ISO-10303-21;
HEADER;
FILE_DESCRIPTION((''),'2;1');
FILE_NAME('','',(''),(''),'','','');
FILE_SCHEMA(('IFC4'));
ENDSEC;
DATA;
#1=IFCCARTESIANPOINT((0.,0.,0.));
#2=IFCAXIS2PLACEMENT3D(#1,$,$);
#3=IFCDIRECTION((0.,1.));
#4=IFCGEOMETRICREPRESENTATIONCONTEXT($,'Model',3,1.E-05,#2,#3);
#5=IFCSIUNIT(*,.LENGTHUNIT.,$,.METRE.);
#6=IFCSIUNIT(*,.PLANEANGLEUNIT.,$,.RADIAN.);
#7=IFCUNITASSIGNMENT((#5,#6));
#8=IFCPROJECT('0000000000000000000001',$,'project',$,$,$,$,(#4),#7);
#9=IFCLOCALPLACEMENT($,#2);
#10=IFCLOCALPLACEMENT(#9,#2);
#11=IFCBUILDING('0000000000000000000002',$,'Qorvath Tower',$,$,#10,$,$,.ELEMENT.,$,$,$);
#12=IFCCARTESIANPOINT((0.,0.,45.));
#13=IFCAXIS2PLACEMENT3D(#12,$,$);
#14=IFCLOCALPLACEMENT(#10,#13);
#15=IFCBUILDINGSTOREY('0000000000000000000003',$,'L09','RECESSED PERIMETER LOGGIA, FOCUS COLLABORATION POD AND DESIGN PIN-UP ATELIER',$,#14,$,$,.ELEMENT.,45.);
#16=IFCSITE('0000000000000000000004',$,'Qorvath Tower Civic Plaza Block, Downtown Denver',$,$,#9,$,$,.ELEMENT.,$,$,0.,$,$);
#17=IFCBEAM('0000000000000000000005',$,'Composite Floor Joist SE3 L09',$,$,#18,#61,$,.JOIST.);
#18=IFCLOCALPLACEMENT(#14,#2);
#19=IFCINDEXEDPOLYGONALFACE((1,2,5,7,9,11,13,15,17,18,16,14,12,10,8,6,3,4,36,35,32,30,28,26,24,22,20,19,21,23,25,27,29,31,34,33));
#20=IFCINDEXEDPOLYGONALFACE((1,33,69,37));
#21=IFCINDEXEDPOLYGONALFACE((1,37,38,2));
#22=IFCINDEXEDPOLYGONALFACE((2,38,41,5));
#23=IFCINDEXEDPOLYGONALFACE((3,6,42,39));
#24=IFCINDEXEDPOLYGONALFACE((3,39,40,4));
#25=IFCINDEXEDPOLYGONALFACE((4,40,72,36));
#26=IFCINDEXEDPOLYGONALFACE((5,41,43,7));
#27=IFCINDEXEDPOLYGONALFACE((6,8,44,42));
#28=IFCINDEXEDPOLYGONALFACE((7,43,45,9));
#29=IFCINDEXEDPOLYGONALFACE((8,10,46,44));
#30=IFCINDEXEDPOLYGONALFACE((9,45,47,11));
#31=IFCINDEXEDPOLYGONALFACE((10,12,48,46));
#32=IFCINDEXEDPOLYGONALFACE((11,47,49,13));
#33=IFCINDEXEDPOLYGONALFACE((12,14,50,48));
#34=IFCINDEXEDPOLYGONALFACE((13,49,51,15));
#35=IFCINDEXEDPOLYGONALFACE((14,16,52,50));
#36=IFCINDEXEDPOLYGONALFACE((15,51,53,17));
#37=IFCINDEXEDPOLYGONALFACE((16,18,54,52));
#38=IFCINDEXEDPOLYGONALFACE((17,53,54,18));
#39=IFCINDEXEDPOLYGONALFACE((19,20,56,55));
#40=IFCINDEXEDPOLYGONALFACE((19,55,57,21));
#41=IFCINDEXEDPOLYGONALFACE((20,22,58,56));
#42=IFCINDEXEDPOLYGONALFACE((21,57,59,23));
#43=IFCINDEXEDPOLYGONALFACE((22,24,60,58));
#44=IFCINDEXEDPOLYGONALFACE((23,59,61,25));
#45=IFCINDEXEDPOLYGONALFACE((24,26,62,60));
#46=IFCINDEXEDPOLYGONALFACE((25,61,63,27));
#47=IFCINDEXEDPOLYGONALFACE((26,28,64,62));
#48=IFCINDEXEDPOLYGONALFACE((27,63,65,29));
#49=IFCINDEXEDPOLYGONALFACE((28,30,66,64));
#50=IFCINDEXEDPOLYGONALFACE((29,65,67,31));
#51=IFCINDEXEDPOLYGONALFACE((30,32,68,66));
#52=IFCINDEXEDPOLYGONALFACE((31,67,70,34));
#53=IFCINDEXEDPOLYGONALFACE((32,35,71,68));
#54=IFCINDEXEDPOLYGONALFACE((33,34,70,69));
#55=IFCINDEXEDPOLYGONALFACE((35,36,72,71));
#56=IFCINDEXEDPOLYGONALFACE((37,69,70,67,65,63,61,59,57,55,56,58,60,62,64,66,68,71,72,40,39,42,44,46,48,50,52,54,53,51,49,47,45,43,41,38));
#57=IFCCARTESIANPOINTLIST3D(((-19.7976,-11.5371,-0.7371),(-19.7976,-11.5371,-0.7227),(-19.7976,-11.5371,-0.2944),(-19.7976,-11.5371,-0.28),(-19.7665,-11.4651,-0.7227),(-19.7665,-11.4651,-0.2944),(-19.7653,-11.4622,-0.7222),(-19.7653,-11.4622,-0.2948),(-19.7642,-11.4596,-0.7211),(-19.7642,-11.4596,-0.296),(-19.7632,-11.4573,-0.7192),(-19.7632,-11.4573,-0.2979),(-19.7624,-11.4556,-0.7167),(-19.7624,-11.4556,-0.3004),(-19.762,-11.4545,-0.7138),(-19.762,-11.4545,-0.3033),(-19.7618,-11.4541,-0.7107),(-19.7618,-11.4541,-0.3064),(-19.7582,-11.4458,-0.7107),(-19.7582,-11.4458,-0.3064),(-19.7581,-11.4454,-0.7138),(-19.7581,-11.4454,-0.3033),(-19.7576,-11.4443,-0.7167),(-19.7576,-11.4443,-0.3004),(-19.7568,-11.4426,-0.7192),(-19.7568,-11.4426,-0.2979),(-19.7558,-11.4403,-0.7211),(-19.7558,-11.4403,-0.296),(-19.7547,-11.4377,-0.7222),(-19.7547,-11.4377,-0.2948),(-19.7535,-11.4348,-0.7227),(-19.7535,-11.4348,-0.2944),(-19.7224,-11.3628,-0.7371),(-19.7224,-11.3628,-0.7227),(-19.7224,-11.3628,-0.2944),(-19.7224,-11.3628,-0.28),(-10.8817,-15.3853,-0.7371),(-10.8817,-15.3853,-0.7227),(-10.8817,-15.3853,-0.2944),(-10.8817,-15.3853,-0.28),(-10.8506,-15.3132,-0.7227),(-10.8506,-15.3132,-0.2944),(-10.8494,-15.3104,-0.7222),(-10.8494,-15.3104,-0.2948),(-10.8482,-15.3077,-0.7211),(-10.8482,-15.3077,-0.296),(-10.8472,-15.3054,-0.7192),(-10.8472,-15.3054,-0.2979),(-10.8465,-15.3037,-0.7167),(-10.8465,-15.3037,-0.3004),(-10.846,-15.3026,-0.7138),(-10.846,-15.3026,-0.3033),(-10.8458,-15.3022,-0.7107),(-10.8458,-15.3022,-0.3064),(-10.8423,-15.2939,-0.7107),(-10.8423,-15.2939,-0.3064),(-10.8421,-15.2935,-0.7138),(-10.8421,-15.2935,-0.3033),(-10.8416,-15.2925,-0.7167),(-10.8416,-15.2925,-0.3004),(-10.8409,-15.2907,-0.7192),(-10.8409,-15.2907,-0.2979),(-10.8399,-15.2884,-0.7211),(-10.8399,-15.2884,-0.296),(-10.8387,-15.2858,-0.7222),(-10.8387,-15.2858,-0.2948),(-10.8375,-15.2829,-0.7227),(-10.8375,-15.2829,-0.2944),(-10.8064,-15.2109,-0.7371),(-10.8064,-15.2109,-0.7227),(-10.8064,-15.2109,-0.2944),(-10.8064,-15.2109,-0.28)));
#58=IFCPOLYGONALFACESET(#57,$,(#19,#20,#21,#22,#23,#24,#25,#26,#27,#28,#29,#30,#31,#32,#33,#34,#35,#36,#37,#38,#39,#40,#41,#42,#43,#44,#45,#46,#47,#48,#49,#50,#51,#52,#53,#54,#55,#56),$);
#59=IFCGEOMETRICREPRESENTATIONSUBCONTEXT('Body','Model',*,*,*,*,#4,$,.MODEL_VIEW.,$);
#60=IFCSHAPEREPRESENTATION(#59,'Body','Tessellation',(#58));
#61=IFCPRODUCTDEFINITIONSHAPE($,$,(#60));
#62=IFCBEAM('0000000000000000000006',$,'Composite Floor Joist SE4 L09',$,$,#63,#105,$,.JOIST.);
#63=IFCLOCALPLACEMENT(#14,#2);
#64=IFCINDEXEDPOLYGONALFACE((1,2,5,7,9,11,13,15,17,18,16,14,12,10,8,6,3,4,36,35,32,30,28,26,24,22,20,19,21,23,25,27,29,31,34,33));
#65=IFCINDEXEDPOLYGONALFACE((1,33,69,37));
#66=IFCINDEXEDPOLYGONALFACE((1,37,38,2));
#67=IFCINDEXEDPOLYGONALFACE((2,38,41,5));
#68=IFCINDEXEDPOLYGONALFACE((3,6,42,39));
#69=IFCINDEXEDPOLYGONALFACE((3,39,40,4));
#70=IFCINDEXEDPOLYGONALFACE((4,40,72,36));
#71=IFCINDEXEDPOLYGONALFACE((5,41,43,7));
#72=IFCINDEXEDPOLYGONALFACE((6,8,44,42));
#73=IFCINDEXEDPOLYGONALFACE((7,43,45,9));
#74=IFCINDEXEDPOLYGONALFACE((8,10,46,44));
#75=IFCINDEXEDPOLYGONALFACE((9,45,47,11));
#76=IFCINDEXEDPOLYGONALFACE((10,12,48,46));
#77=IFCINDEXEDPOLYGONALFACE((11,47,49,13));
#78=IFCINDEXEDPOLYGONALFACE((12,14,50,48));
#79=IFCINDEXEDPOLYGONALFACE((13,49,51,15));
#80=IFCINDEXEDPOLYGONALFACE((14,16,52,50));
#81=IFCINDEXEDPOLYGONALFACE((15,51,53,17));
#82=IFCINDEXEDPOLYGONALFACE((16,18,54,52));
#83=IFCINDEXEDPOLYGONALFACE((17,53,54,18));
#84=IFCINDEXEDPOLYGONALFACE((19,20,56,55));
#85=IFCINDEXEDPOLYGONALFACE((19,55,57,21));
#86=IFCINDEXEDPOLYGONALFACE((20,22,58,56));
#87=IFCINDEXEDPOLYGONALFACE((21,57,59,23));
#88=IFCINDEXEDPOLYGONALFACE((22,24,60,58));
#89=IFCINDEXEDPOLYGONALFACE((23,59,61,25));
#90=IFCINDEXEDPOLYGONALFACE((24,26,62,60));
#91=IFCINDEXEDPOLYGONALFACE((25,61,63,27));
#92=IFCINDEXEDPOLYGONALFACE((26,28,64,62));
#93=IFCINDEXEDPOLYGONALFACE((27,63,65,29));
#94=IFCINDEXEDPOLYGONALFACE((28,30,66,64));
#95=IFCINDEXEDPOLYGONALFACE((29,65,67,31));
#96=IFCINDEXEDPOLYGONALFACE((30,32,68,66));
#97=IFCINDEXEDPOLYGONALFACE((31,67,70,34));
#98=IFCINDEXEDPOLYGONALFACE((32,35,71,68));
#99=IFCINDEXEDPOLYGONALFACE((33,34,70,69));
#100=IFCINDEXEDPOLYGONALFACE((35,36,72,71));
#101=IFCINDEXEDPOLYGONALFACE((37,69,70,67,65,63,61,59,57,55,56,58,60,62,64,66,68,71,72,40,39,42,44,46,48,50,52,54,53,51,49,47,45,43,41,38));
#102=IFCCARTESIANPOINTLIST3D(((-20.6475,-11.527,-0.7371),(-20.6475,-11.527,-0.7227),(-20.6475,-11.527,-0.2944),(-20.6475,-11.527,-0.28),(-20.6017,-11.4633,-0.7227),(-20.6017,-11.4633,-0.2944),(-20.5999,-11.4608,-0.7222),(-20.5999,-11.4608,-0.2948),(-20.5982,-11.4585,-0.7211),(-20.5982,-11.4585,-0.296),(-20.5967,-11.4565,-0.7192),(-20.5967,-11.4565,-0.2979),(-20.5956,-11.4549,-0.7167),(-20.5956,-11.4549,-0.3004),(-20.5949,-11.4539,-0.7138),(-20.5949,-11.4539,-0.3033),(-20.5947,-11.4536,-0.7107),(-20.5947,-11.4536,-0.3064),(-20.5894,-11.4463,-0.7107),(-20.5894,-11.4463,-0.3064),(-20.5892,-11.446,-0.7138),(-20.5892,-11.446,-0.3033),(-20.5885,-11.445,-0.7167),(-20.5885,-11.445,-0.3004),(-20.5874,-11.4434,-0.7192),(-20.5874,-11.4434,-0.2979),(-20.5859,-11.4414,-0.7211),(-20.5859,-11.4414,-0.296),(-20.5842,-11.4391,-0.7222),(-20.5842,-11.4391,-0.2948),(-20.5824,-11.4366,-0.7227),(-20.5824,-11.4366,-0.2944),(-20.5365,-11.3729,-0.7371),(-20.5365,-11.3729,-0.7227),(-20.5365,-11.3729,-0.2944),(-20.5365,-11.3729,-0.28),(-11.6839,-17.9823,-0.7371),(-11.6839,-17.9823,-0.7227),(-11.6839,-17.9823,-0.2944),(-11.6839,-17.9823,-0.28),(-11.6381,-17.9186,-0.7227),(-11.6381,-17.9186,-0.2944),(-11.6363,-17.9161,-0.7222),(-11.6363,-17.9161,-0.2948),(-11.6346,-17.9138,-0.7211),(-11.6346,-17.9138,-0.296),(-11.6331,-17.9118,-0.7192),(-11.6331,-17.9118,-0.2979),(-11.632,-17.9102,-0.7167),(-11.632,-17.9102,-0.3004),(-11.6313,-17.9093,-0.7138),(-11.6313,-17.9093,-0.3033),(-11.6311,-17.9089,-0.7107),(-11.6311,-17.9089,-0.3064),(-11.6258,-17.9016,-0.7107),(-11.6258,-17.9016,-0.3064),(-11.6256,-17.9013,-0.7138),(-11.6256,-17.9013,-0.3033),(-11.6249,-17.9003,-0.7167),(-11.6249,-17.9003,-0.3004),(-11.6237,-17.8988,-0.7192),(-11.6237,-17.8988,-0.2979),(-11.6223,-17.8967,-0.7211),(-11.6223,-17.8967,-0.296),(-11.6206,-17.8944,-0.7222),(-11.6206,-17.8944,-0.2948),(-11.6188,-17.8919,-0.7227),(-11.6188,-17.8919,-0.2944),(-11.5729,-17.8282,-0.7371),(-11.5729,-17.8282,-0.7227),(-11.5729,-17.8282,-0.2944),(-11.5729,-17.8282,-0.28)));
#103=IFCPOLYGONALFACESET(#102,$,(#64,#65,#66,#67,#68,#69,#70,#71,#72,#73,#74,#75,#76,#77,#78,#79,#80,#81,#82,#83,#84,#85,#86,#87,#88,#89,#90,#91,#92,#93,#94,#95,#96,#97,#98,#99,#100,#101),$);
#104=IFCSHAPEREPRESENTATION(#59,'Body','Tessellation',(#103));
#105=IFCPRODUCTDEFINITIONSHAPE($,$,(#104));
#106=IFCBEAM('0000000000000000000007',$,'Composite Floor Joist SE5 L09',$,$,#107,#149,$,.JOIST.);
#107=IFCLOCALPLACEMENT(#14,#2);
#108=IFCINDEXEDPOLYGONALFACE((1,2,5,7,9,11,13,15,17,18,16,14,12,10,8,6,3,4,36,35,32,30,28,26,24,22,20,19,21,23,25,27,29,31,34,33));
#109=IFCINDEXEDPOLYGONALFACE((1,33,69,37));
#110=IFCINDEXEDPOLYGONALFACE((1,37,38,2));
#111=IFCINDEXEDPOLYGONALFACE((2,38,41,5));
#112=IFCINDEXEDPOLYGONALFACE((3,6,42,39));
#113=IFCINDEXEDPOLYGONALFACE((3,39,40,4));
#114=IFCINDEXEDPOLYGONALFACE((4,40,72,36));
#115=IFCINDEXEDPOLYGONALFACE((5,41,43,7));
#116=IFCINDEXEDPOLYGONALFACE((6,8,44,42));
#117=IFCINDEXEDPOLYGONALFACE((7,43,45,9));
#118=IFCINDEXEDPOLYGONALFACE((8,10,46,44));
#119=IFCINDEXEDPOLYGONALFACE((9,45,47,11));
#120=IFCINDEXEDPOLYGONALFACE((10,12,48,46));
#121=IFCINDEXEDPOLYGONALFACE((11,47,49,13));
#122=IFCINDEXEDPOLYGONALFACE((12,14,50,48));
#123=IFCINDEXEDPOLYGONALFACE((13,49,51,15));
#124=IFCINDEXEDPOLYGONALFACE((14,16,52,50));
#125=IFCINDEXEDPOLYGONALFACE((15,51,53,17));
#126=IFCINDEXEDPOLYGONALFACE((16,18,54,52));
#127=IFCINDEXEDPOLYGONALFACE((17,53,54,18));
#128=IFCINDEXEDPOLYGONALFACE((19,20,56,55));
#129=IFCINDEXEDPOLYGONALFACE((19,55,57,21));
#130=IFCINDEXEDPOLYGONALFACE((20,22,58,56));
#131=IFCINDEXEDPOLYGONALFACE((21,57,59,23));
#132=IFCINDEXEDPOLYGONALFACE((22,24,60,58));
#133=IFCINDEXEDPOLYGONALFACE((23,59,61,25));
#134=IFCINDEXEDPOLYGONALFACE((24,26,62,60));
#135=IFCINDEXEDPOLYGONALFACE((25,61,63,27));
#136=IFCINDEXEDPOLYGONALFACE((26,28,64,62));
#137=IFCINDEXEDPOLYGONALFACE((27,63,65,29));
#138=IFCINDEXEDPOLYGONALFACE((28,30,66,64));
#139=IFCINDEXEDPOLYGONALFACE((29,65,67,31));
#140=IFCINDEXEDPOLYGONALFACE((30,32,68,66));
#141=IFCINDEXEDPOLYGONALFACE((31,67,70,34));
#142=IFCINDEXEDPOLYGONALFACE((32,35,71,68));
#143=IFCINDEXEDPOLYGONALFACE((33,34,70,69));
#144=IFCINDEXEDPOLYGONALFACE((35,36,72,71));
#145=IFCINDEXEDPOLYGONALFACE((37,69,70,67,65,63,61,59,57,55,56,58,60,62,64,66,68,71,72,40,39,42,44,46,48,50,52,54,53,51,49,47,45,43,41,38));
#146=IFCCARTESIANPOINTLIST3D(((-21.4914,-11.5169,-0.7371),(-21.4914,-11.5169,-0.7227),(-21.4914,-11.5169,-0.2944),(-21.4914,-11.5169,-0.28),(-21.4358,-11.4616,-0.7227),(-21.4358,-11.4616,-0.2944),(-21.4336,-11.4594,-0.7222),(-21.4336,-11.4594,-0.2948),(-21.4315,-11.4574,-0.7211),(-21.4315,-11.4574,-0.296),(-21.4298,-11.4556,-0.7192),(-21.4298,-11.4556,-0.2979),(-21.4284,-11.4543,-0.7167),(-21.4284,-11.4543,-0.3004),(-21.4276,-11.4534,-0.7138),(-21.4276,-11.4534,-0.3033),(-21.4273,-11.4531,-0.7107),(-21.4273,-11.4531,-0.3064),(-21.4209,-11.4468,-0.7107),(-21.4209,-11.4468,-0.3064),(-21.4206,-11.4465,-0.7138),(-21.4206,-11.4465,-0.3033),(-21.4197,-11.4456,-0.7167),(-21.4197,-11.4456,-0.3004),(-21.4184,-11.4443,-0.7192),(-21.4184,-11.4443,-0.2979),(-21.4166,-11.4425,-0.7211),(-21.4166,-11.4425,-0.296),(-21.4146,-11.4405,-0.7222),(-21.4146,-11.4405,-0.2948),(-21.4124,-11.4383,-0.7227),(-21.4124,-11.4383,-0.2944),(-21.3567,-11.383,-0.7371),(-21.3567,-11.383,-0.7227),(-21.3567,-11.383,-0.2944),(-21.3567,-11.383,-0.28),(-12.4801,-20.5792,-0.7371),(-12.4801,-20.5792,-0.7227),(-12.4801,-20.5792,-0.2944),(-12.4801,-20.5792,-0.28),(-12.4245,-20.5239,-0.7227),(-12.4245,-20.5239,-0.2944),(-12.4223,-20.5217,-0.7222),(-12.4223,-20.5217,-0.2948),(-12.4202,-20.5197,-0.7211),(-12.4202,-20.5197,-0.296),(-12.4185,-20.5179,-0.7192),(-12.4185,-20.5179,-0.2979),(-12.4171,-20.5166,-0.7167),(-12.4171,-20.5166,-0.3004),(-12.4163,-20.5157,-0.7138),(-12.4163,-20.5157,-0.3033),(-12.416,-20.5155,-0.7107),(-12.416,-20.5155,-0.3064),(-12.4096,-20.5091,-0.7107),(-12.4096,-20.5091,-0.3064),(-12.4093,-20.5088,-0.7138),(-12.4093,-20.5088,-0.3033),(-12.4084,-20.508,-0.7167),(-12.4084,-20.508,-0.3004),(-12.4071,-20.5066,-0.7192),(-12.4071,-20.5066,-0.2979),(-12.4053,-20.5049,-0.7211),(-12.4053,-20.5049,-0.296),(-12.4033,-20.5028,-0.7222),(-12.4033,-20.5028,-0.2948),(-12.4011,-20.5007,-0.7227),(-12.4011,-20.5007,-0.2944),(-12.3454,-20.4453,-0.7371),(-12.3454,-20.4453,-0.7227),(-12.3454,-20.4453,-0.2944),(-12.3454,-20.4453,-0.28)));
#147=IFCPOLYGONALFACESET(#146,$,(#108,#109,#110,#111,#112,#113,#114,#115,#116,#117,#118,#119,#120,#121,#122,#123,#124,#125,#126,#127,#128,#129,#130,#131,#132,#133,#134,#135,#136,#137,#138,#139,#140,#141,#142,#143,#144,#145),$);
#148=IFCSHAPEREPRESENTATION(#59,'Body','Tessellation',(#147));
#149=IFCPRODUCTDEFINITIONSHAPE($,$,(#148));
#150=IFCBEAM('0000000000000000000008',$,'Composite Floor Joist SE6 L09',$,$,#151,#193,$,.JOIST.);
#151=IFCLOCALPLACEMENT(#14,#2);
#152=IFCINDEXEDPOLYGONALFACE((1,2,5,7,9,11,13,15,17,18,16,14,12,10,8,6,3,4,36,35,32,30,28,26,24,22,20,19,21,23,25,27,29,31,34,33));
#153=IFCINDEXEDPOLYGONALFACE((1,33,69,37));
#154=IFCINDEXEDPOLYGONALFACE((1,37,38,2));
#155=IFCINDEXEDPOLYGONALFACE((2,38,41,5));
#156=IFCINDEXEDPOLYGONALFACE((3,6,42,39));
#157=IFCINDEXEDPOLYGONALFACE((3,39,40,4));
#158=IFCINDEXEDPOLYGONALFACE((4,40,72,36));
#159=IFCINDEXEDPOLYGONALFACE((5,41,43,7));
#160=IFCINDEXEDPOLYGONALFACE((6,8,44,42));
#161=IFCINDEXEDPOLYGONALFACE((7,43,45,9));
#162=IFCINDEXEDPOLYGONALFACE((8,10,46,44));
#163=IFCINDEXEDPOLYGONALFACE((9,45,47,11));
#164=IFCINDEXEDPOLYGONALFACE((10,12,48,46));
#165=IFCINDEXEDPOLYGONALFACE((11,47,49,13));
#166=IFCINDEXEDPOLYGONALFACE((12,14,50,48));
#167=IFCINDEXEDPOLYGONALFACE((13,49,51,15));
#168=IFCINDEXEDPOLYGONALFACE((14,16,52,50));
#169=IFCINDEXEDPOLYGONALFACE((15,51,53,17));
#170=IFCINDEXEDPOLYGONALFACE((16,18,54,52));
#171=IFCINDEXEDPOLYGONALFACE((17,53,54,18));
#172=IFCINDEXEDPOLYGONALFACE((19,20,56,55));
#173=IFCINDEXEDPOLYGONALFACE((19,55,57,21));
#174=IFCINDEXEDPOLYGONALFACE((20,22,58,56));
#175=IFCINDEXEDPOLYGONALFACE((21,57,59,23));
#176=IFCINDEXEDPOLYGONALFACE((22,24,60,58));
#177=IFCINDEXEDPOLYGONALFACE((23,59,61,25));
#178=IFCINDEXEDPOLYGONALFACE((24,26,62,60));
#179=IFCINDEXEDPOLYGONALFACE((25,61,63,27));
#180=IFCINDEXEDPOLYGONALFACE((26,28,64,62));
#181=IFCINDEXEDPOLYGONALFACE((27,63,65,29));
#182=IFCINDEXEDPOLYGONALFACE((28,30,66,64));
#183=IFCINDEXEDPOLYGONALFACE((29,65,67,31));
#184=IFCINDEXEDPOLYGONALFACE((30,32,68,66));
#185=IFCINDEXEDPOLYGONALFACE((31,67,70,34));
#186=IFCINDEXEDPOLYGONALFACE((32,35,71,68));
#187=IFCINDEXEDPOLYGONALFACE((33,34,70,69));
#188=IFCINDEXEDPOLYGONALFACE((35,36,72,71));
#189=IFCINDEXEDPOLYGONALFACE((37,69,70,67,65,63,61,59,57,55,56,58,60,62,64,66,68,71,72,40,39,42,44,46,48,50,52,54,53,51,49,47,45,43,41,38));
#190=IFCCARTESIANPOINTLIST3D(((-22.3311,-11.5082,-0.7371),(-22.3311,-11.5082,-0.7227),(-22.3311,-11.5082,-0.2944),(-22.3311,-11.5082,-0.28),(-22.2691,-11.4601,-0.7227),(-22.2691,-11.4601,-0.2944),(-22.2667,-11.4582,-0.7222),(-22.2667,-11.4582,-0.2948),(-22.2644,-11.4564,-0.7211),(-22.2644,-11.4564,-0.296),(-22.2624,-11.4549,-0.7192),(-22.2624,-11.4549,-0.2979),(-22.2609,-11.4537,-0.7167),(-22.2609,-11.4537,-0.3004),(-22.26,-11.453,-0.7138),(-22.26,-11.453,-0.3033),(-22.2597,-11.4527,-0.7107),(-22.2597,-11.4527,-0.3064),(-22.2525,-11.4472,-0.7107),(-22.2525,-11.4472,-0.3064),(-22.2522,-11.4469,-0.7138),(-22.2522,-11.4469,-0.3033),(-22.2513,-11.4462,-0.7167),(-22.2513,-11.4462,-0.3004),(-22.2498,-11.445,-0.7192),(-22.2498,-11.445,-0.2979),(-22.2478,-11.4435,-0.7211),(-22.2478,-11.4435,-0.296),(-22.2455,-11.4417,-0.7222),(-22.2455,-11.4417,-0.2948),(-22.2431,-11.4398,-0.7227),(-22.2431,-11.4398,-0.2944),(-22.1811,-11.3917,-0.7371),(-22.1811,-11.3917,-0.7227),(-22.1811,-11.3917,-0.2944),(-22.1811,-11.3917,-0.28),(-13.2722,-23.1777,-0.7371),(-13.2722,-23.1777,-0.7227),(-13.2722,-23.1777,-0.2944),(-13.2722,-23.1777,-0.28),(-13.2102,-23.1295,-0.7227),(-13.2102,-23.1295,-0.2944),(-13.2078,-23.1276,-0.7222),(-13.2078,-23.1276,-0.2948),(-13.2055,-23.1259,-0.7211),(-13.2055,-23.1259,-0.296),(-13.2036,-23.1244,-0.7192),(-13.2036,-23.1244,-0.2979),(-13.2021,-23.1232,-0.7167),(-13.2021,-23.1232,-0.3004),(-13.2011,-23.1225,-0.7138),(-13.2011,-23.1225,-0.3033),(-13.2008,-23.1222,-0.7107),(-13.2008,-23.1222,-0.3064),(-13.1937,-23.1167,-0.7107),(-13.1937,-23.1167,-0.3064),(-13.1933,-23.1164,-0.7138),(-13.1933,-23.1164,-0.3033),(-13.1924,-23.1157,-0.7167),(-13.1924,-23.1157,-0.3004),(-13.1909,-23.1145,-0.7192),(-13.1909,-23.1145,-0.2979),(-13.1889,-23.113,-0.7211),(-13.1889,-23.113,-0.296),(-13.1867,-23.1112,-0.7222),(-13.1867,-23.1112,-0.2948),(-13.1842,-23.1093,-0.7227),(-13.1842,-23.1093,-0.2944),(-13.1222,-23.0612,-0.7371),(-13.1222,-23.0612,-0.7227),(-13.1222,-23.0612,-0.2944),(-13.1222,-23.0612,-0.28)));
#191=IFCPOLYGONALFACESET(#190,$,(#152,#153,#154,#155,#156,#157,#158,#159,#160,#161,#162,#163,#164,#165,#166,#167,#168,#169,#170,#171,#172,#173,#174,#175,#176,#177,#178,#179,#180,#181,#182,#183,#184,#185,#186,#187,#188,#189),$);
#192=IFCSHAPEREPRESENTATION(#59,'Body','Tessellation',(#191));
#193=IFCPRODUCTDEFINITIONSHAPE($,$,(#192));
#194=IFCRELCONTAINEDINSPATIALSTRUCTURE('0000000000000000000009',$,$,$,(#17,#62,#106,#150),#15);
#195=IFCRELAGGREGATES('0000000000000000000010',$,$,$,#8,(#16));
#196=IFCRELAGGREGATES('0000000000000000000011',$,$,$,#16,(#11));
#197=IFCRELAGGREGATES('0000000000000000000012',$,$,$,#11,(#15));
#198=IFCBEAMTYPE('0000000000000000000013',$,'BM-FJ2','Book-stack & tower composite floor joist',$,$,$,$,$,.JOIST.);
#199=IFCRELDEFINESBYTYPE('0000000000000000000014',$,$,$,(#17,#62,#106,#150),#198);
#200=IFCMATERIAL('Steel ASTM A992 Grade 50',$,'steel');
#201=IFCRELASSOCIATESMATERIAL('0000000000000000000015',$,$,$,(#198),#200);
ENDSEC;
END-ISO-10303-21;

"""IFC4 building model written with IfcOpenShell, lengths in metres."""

from ifc_helpers import new_model, si_unit, direction, frame, origin, origin_2d, place, context, subcontext, project, spatial, i_section, extrude, material, material_profile, profile_set, type_object, element, save


model = new_model("IFC4")

# Units and contexts
model_context = context("Model", 3, precision=1e-05, world=origin(), true_north=direction((0.0, 1.0)))
body_context = subcontext(model_context, "Body", "Model", "MODEL_VIEW")
ifc_project = project(units=[si_unit("LENGTHUNIT", "METRE"), si_unit("PLANEANGLEUNIT", "RADIAN")], contexts=[model_context])

# Site, building, storey
site_placement = place(None, origin())
site = spatial("IfcSite", under=ifc_project, at=site_placement, Name="Qorvath Tower Civic Plaza Block, Downtown Denver", CompositionType="ELEMENT", RefElevation=0.0)
building_placement = place(site_placement, origin())
building = spatial("IfcBuilding", under=site, at=building_placement, Name="Qorvath Tower", CompositionType="ELEMENT")
storey_placement = place(building_placement, frame((0.0, 0.0, 45.0)))
storey = spatial("IfcBuildingStorey", under=building, at=storey_placement, Name="L09", Description="RECESSED PERIMETER LOGGIA, FOCUS COLLABORATION POD AND DESIGN PIN-UP ATELIER", CompositionType="ELEMENT", Elevation=45.0)

# Beams
ifc_material_1 = material(Name="Steel ASTM A992 Grade 50", Category="steel")
ifc_material_profile_1 = material_profile(ifc_material_1, i_section(OverallWidth=0.1899, OverallDepth=0.457, WebThickness=0.009, FlangeThickness=0.0144, FilletRadius=0.012, at=origin_2d()), Name="W18x50")
ifc_profile_set_1 = profile_set([ifc_material_profile_1], Name="Steel ASTM A992 Grade 50")
beam_type_1 = type_object("IfcBeamType", Name="BM-FJ2", Description="Book-stack & tower composite floor joist", PredefinedType="JOIST", material=ifc_profile_set_1)
beam_1_placement = place(storey_placement, frame((-19.76, -11.45, -0.5085), z_axis=(0.918136, -0.396266, 0.0), x_axis=(0.396266, 0.918136, 0.0)))
element("IfcBeam", 1, at=beam_1_placement, inside=storey, type_object=beam_type_1, Name="Composite Floor Joist SE3 L09", PredefinedType="JOIST", context=body_context, shape_type="SweptSolid", body=[
    extrude(i_section(OverallWidth=0.1899, OverallDepth=0.457, WebThickness=0.009, FlangeThickness=0.0144, FilletRadius=0.012, at=origin_2d()), origin(), (0.0, 0.0, 1.0), 9.7109),
])
beam_2_placement = place(storey_placement, frame((-20.592, -11.45, -0.5085), z_axis=(0.811469, -0.584395, 0.0), x_axis=(0.584395, 0.811469, 0.0)))
element("IfcBeam", 2, at=beam_2_placement, inside=storey, type_object=beam_type_1, Name="Composite Floor Joist SE4 L09", PredefinedType="JOIST", context=body_context, shape_type="SweptSolid", body=[
    extrude(i_section(OverallWidth=0.1899, OverallDepth=0.457, WebThickness=0.009, FlangeThickness=0.0144, FilletRadius=0.012, at=origin_2d()), origin(), (0.0, 0.0, 1.0), 11.0461),
])
beam_3_placement = place(storey_placement, frame((-21.4241, -11.45, -0.5085), z_axis=(0.705108, -0.7091, 0.0), x_axis=(0.7091, 0.705108, 0.0)))
element("IfcBeam", 3, at=beam_3_placement, inside=storey, type_object=beam_type_1, Name="Composite Floor Joist SE5 L09", PredefinedType="JOIST", context=body_context, shape_type="SweptSolid", body=[
    extrude(i_section(OverallWidth=0.1899, OverallDepth=0.457, WebThickness=0.009, FlangeThickness=0.0144, FilletRadius=0.012, at=origin_2d()), origin(), (0.0, 0.0, 1.0), 12.78),
])
beam_4_placement = place(storey_placement, frame((-22.2561, -11.45, -0.5085), z_axis=(0.613207, -0.789922, 0.0), x_axis=(0.789922, 0.613207, 0.0)))
element("IfcBeam", 4, at=beam_4_placement, inside=storey, type_object=beam_type_1, Name="Composite Floor Joist SE6 L09", PredefinedType="JOIST", context=body_context, shape_type="SweptSolid", body=[
    extrude(i_section(OverallWidth=0.1899, OverallDepth=0.457, WebThickness=0.009, FlangeThickness=0.0144, FilletRadius=0.012, at=origin_2d()), origin(), (0.0, 0.0, 1.0), 14.7729),
])

save(model, "model.ifc")
